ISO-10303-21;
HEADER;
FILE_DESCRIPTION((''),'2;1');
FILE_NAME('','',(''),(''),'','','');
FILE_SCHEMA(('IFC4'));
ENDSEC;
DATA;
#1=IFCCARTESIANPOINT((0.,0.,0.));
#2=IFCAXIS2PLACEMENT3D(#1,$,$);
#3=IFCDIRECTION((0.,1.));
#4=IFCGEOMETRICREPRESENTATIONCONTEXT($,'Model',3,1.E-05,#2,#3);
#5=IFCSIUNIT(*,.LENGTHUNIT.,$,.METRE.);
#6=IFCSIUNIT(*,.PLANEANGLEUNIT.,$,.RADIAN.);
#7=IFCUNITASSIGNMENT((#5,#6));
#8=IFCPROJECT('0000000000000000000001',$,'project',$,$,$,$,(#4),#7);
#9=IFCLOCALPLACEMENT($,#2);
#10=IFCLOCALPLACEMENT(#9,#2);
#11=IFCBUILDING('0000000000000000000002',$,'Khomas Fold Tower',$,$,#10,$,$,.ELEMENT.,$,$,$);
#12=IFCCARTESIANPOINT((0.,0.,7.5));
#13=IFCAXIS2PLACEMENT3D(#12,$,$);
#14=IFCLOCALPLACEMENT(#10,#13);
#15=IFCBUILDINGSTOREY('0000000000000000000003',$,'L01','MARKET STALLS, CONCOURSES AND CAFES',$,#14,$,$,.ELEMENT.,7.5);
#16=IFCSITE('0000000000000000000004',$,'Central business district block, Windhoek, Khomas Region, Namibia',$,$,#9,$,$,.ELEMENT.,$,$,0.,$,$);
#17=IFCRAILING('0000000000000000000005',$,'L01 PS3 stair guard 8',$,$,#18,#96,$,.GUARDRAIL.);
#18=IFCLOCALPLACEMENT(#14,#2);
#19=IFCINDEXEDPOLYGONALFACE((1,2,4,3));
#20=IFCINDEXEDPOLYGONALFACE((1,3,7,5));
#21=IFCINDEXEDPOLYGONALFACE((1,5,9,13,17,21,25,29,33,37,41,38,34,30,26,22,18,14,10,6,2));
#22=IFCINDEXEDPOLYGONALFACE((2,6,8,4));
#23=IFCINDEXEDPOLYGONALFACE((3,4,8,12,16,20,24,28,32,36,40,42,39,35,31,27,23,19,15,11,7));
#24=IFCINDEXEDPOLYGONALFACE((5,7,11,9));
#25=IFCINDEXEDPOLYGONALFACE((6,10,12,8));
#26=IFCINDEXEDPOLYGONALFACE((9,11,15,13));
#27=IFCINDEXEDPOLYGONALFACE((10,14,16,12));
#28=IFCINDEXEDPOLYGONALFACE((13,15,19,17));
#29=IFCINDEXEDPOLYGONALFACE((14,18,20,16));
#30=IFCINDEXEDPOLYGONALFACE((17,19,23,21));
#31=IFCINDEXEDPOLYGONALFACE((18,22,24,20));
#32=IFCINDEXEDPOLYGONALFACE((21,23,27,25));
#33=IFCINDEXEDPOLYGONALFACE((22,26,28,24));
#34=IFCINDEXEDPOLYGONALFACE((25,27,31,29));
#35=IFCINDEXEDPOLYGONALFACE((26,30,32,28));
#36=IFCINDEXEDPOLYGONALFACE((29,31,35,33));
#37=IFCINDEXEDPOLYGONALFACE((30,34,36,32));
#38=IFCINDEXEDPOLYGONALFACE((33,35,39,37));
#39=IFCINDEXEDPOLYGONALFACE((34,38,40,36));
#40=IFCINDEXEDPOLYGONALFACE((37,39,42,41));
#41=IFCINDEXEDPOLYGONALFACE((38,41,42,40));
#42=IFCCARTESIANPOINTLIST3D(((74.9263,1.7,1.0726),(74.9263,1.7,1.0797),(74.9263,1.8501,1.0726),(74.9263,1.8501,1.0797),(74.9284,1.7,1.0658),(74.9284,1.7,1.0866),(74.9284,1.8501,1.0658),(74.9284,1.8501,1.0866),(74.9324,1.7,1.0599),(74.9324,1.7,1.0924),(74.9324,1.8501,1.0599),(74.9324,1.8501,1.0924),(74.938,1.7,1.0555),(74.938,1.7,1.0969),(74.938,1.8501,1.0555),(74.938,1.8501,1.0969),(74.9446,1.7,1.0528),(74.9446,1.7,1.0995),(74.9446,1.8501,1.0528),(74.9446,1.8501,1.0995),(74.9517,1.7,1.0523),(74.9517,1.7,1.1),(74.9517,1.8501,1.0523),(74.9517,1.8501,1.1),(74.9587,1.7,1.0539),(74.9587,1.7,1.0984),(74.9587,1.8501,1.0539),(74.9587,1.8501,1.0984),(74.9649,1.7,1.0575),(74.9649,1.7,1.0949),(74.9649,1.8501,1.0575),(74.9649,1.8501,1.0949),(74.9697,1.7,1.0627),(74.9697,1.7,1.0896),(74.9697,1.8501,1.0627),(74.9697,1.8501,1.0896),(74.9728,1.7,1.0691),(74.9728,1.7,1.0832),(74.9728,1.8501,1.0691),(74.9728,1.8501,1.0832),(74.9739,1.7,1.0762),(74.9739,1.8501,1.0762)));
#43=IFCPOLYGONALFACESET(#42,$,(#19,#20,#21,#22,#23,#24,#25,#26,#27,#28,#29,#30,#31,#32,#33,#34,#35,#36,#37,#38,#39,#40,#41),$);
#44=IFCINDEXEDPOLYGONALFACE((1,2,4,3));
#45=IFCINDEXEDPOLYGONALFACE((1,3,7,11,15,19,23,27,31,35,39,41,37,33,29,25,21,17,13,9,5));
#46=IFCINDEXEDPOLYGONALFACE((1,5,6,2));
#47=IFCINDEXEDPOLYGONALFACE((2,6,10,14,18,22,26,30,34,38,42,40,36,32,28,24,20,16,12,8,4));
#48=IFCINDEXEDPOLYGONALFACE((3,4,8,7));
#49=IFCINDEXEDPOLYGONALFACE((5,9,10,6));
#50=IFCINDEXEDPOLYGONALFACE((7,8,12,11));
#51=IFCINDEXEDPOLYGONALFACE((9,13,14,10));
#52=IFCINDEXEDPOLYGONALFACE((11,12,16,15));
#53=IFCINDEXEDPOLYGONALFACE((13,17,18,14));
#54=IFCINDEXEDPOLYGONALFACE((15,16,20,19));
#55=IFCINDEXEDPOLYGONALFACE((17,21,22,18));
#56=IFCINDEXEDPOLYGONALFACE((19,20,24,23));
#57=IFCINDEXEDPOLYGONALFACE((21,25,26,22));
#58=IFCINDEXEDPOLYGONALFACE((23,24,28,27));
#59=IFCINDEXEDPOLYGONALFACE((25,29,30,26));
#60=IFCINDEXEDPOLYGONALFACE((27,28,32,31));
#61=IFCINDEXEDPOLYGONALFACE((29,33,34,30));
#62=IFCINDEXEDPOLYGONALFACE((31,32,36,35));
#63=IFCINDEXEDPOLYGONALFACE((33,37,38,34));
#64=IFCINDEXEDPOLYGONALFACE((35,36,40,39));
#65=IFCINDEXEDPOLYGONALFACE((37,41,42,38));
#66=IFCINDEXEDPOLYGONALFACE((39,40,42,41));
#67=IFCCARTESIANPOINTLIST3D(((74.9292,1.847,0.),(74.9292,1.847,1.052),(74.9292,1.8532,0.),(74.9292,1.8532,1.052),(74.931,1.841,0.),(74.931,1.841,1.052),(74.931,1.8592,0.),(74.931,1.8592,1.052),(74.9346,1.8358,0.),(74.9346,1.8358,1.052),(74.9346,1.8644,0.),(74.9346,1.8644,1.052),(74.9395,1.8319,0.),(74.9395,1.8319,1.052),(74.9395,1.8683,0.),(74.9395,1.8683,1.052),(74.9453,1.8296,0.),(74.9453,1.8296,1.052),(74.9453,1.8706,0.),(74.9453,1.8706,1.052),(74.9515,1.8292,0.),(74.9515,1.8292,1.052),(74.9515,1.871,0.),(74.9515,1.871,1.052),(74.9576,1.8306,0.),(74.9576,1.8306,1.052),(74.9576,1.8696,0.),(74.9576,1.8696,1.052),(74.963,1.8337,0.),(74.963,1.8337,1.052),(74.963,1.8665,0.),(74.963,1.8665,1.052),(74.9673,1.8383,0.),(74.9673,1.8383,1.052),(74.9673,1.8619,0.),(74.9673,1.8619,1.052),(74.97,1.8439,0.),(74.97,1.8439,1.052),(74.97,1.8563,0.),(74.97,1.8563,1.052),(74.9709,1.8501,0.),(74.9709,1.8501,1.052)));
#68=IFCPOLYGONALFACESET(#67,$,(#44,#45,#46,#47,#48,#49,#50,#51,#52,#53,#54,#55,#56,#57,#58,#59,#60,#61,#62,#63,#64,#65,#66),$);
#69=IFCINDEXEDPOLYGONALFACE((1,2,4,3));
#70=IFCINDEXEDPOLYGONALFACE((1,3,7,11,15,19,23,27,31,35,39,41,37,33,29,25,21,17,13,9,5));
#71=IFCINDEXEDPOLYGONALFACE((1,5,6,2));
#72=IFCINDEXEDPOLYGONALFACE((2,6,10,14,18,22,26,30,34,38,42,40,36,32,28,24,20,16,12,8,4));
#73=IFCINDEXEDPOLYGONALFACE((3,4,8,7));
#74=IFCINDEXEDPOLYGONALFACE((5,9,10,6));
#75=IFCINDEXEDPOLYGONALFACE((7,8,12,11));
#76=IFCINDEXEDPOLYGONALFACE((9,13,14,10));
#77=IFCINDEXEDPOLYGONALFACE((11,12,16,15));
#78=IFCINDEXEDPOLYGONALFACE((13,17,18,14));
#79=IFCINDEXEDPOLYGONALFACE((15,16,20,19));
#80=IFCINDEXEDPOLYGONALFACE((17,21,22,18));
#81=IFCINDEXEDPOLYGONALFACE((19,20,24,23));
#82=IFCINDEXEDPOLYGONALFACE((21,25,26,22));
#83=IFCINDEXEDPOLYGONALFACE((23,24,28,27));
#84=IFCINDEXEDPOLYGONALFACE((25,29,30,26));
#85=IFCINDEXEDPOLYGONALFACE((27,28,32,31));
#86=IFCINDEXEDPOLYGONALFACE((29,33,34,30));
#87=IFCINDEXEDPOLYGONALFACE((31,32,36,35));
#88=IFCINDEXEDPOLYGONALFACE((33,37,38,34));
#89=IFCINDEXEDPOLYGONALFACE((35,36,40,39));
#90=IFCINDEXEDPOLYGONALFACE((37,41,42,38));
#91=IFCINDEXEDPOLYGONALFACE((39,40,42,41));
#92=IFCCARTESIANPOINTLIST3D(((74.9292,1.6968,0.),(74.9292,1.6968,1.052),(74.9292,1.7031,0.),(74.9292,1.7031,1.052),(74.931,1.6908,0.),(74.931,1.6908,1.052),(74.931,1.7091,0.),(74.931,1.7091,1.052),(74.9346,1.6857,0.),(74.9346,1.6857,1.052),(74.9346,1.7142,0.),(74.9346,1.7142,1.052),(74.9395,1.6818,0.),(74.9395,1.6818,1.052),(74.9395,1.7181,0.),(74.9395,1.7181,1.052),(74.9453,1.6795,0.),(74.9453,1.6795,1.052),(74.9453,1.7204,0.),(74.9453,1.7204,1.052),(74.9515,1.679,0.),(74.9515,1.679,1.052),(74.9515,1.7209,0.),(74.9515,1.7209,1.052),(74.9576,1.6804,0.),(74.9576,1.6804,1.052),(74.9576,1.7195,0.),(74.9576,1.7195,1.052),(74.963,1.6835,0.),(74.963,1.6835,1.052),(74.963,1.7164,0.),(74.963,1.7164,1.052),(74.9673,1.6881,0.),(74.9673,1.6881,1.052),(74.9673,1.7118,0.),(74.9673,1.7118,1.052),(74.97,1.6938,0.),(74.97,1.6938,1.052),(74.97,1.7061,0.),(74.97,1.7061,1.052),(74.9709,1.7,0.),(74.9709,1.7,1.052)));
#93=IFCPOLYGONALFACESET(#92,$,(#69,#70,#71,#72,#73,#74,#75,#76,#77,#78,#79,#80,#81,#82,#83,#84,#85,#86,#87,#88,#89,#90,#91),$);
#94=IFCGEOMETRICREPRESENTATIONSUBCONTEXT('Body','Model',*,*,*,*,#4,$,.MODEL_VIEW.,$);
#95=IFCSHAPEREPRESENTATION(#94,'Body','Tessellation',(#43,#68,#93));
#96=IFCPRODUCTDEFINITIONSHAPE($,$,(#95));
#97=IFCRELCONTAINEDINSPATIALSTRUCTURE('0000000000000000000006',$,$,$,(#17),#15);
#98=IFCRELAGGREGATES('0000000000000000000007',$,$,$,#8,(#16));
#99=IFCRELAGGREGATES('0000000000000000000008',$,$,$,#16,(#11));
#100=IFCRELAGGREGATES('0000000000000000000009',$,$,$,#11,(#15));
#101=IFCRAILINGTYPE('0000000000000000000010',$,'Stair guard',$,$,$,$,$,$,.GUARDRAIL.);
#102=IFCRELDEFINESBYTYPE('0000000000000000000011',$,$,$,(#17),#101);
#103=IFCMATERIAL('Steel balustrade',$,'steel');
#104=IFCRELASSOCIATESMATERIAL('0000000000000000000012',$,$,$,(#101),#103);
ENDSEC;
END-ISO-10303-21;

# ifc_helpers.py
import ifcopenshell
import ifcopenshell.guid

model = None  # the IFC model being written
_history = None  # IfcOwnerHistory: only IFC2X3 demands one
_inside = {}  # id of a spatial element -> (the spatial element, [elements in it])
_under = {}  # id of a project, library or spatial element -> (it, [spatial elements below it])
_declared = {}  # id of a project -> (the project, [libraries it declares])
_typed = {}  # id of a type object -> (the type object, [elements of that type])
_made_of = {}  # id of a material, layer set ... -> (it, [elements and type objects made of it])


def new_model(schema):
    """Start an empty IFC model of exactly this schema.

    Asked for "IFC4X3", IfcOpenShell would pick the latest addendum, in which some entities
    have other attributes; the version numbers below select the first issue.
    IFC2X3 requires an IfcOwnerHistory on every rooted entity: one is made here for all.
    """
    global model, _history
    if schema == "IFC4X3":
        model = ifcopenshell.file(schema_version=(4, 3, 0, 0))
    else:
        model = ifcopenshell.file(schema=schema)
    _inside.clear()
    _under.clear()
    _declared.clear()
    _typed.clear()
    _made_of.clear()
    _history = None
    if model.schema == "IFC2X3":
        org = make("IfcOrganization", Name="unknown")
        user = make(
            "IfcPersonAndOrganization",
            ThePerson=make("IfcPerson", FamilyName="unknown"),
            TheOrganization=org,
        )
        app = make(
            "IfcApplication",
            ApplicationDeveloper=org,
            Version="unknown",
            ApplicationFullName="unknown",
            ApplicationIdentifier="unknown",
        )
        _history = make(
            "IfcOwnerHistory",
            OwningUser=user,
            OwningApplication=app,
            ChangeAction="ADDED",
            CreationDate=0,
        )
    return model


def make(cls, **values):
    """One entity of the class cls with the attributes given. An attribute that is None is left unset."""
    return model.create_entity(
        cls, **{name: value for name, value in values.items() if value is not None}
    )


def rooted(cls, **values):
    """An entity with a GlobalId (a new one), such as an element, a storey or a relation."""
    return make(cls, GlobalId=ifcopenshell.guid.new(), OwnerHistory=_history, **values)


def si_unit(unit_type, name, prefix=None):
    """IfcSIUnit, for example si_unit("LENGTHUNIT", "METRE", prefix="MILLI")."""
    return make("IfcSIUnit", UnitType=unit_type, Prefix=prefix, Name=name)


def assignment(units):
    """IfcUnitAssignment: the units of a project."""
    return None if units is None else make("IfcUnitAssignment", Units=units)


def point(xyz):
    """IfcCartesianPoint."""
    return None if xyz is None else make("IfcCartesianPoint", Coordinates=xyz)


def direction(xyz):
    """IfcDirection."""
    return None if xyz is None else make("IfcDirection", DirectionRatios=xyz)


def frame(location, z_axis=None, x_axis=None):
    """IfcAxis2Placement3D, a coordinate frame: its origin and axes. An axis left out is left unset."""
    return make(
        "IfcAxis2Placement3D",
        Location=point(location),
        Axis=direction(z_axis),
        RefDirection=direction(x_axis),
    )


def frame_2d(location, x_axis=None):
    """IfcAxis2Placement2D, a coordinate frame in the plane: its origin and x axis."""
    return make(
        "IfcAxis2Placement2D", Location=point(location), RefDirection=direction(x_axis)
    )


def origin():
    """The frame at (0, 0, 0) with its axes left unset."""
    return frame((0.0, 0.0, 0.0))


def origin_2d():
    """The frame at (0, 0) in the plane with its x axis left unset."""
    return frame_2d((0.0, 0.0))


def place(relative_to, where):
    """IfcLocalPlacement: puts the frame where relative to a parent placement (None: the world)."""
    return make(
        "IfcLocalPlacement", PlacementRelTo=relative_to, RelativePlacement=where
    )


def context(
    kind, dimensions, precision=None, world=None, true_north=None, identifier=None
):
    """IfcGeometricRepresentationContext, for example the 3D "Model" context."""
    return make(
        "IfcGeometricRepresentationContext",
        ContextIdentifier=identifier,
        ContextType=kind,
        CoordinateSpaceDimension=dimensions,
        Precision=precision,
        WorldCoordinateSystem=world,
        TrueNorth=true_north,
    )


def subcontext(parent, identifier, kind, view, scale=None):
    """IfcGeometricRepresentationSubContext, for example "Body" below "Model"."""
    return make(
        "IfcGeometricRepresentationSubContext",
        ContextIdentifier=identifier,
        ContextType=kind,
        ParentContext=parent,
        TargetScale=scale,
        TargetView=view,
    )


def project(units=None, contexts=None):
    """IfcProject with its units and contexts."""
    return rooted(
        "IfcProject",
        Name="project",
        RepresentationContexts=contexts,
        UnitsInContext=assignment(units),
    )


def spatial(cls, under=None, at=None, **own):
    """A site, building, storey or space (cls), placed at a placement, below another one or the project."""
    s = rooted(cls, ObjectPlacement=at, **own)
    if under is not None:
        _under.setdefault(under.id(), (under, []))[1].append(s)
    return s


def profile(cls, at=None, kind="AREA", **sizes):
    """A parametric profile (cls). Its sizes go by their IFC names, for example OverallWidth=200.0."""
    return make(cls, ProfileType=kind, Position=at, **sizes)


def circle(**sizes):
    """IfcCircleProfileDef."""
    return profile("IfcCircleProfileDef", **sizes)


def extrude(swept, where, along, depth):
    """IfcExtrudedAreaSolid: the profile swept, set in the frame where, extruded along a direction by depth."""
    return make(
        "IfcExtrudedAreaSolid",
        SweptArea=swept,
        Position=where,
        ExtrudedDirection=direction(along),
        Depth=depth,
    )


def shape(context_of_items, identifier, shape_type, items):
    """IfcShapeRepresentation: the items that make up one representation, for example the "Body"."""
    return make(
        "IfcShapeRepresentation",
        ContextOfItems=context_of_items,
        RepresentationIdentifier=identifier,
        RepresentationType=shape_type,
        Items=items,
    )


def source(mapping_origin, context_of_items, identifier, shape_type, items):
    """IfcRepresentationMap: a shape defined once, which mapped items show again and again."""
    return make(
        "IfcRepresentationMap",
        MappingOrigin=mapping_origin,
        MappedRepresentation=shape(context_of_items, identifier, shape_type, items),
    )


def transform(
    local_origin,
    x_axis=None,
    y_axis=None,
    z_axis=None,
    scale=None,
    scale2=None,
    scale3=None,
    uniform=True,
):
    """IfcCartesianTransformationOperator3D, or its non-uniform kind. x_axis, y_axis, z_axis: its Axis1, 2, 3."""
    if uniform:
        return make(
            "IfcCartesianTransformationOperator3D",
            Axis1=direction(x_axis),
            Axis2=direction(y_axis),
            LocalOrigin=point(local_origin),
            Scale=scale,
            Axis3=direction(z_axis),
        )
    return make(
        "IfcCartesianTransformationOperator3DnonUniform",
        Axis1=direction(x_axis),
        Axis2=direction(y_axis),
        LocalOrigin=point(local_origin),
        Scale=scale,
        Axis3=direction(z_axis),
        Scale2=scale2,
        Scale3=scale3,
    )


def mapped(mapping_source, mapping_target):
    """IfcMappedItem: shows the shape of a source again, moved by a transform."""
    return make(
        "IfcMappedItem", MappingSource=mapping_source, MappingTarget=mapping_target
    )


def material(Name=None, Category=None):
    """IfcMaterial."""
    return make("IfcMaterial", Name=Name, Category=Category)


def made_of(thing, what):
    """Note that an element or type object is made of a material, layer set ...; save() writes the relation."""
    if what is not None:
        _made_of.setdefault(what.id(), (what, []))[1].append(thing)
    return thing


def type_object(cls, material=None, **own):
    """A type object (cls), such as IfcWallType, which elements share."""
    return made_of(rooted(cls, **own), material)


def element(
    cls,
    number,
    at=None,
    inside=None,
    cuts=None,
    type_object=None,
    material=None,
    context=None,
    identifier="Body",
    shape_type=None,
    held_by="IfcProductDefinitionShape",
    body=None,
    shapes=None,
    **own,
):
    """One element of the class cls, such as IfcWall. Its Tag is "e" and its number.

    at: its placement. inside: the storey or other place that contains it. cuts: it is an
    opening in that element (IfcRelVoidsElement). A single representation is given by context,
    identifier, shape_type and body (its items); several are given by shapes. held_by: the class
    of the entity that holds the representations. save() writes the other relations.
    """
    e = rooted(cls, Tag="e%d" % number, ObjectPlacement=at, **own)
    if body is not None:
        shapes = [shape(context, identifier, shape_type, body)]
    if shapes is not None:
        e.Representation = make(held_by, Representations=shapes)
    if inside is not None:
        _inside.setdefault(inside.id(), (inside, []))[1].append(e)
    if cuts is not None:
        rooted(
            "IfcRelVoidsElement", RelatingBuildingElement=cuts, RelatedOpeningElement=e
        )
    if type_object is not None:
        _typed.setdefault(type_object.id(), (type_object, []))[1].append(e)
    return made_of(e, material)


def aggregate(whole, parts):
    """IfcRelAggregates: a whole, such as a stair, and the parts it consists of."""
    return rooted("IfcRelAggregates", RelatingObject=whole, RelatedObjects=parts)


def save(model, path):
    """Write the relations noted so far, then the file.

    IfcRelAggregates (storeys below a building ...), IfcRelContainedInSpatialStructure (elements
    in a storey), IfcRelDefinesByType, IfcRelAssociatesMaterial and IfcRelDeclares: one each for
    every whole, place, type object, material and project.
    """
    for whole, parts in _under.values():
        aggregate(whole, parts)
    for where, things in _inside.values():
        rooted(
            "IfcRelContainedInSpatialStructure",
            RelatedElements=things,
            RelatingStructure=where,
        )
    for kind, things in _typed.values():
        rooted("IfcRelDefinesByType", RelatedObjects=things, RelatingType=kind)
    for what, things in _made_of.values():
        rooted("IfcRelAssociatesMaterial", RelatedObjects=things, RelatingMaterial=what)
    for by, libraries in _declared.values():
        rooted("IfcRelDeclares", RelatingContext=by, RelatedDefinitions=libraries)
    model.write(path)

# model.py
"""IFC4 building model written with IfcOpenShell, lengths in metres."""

from ifc_helpers import new_model, si_unit, direction, frame, origin, origin_2d, place, context, subcontext, project, spatial, circle, extrude, source, transform, mapped, material, type_object, element, save


model = new_model("IFC4")

# Units and contexts
model_context = context("Model", 3, precision=1e-05, world=origin(), true_north=direction((0.0, 1.0)))
body_context = subcontext(model_context, "Body", "Model", "MODEL_VIEW")
ifc_project = project(units=[si_unit("LENGTHUNIT", "METRE"), si_unit("PLANEANGLEUNIT", "RADIAN")], contexts=[model_context])

# Site, building, storey
site_placement = place(None, origin())
site = spatial("IfcSite", under=ifc_project, at=site_placement, Name="Central business district block, Windhoek, Khomas Region, Namibia", CompositionType="ELEMENT", RefElevation=0.0)
building_placement = place(site_placement, origin())
building = spatial("IfcBuilding", under=site, at=building_placement, Name="Khomas Fold Tower", CompositionType="ELEMENT")
storey_placement = place(building_placement, frame((0.0, 0.0, 7.5)))
storey = spatial("IfcBuildingStorey", under=building, at=storey_placement, Name="L01", Description="MARKET STALLS, CONCOURSES AND CAFES", CompositionType="ELEMENT", Elevation=7.5)

# Railing
ifc_material_1 = material(Name="Steel balustrade", Category="steel")
railing_type_1 = type_object("IfcRailingType", Name="Stair guard", PredefinedType="GUARDRAIL", material=ifc_material_1)
shared_shape_1 = source(origin(), body_context, "Body", "SweptSolid", [
    extrude(circle(Radius=0.0239, at=origin_2d()), frame((0.0, 0.0, 1.0762), z_axis=(0.0, -1.0, 0.0), x_axis=(1.0, 0.0, 0.0)), (0.0, 0.0, 1.0), 0.1501),
    extrude(circle(Radius=0.021, at=origin_2d()), origin(), (0.0, 0.0, 1.0), 1.052),
    extrude(circle(Radius=0.021, at=origin_2d()), frame((0.0, -0.1501, 0.0)), (0.0, 0.0, 1.0), 1.052),
])
for number, where, name in (
    (1, (74.95, 1.8501, 0.0), "L01 PS3 stair guard 8"),
):
    element("IfcRailing", number, at=place(storey_placement, frame(where)), inside=storey, type_object=railing_type_1, Name=name, PredefinedType="GUARDRAIL", context=body_context, shape_type="MappedRepresentation", body=[
        mapped(shared_shape_1, transform((0.0, 0.0, 0.0))),
    ])

save(model, "model.ifc")
